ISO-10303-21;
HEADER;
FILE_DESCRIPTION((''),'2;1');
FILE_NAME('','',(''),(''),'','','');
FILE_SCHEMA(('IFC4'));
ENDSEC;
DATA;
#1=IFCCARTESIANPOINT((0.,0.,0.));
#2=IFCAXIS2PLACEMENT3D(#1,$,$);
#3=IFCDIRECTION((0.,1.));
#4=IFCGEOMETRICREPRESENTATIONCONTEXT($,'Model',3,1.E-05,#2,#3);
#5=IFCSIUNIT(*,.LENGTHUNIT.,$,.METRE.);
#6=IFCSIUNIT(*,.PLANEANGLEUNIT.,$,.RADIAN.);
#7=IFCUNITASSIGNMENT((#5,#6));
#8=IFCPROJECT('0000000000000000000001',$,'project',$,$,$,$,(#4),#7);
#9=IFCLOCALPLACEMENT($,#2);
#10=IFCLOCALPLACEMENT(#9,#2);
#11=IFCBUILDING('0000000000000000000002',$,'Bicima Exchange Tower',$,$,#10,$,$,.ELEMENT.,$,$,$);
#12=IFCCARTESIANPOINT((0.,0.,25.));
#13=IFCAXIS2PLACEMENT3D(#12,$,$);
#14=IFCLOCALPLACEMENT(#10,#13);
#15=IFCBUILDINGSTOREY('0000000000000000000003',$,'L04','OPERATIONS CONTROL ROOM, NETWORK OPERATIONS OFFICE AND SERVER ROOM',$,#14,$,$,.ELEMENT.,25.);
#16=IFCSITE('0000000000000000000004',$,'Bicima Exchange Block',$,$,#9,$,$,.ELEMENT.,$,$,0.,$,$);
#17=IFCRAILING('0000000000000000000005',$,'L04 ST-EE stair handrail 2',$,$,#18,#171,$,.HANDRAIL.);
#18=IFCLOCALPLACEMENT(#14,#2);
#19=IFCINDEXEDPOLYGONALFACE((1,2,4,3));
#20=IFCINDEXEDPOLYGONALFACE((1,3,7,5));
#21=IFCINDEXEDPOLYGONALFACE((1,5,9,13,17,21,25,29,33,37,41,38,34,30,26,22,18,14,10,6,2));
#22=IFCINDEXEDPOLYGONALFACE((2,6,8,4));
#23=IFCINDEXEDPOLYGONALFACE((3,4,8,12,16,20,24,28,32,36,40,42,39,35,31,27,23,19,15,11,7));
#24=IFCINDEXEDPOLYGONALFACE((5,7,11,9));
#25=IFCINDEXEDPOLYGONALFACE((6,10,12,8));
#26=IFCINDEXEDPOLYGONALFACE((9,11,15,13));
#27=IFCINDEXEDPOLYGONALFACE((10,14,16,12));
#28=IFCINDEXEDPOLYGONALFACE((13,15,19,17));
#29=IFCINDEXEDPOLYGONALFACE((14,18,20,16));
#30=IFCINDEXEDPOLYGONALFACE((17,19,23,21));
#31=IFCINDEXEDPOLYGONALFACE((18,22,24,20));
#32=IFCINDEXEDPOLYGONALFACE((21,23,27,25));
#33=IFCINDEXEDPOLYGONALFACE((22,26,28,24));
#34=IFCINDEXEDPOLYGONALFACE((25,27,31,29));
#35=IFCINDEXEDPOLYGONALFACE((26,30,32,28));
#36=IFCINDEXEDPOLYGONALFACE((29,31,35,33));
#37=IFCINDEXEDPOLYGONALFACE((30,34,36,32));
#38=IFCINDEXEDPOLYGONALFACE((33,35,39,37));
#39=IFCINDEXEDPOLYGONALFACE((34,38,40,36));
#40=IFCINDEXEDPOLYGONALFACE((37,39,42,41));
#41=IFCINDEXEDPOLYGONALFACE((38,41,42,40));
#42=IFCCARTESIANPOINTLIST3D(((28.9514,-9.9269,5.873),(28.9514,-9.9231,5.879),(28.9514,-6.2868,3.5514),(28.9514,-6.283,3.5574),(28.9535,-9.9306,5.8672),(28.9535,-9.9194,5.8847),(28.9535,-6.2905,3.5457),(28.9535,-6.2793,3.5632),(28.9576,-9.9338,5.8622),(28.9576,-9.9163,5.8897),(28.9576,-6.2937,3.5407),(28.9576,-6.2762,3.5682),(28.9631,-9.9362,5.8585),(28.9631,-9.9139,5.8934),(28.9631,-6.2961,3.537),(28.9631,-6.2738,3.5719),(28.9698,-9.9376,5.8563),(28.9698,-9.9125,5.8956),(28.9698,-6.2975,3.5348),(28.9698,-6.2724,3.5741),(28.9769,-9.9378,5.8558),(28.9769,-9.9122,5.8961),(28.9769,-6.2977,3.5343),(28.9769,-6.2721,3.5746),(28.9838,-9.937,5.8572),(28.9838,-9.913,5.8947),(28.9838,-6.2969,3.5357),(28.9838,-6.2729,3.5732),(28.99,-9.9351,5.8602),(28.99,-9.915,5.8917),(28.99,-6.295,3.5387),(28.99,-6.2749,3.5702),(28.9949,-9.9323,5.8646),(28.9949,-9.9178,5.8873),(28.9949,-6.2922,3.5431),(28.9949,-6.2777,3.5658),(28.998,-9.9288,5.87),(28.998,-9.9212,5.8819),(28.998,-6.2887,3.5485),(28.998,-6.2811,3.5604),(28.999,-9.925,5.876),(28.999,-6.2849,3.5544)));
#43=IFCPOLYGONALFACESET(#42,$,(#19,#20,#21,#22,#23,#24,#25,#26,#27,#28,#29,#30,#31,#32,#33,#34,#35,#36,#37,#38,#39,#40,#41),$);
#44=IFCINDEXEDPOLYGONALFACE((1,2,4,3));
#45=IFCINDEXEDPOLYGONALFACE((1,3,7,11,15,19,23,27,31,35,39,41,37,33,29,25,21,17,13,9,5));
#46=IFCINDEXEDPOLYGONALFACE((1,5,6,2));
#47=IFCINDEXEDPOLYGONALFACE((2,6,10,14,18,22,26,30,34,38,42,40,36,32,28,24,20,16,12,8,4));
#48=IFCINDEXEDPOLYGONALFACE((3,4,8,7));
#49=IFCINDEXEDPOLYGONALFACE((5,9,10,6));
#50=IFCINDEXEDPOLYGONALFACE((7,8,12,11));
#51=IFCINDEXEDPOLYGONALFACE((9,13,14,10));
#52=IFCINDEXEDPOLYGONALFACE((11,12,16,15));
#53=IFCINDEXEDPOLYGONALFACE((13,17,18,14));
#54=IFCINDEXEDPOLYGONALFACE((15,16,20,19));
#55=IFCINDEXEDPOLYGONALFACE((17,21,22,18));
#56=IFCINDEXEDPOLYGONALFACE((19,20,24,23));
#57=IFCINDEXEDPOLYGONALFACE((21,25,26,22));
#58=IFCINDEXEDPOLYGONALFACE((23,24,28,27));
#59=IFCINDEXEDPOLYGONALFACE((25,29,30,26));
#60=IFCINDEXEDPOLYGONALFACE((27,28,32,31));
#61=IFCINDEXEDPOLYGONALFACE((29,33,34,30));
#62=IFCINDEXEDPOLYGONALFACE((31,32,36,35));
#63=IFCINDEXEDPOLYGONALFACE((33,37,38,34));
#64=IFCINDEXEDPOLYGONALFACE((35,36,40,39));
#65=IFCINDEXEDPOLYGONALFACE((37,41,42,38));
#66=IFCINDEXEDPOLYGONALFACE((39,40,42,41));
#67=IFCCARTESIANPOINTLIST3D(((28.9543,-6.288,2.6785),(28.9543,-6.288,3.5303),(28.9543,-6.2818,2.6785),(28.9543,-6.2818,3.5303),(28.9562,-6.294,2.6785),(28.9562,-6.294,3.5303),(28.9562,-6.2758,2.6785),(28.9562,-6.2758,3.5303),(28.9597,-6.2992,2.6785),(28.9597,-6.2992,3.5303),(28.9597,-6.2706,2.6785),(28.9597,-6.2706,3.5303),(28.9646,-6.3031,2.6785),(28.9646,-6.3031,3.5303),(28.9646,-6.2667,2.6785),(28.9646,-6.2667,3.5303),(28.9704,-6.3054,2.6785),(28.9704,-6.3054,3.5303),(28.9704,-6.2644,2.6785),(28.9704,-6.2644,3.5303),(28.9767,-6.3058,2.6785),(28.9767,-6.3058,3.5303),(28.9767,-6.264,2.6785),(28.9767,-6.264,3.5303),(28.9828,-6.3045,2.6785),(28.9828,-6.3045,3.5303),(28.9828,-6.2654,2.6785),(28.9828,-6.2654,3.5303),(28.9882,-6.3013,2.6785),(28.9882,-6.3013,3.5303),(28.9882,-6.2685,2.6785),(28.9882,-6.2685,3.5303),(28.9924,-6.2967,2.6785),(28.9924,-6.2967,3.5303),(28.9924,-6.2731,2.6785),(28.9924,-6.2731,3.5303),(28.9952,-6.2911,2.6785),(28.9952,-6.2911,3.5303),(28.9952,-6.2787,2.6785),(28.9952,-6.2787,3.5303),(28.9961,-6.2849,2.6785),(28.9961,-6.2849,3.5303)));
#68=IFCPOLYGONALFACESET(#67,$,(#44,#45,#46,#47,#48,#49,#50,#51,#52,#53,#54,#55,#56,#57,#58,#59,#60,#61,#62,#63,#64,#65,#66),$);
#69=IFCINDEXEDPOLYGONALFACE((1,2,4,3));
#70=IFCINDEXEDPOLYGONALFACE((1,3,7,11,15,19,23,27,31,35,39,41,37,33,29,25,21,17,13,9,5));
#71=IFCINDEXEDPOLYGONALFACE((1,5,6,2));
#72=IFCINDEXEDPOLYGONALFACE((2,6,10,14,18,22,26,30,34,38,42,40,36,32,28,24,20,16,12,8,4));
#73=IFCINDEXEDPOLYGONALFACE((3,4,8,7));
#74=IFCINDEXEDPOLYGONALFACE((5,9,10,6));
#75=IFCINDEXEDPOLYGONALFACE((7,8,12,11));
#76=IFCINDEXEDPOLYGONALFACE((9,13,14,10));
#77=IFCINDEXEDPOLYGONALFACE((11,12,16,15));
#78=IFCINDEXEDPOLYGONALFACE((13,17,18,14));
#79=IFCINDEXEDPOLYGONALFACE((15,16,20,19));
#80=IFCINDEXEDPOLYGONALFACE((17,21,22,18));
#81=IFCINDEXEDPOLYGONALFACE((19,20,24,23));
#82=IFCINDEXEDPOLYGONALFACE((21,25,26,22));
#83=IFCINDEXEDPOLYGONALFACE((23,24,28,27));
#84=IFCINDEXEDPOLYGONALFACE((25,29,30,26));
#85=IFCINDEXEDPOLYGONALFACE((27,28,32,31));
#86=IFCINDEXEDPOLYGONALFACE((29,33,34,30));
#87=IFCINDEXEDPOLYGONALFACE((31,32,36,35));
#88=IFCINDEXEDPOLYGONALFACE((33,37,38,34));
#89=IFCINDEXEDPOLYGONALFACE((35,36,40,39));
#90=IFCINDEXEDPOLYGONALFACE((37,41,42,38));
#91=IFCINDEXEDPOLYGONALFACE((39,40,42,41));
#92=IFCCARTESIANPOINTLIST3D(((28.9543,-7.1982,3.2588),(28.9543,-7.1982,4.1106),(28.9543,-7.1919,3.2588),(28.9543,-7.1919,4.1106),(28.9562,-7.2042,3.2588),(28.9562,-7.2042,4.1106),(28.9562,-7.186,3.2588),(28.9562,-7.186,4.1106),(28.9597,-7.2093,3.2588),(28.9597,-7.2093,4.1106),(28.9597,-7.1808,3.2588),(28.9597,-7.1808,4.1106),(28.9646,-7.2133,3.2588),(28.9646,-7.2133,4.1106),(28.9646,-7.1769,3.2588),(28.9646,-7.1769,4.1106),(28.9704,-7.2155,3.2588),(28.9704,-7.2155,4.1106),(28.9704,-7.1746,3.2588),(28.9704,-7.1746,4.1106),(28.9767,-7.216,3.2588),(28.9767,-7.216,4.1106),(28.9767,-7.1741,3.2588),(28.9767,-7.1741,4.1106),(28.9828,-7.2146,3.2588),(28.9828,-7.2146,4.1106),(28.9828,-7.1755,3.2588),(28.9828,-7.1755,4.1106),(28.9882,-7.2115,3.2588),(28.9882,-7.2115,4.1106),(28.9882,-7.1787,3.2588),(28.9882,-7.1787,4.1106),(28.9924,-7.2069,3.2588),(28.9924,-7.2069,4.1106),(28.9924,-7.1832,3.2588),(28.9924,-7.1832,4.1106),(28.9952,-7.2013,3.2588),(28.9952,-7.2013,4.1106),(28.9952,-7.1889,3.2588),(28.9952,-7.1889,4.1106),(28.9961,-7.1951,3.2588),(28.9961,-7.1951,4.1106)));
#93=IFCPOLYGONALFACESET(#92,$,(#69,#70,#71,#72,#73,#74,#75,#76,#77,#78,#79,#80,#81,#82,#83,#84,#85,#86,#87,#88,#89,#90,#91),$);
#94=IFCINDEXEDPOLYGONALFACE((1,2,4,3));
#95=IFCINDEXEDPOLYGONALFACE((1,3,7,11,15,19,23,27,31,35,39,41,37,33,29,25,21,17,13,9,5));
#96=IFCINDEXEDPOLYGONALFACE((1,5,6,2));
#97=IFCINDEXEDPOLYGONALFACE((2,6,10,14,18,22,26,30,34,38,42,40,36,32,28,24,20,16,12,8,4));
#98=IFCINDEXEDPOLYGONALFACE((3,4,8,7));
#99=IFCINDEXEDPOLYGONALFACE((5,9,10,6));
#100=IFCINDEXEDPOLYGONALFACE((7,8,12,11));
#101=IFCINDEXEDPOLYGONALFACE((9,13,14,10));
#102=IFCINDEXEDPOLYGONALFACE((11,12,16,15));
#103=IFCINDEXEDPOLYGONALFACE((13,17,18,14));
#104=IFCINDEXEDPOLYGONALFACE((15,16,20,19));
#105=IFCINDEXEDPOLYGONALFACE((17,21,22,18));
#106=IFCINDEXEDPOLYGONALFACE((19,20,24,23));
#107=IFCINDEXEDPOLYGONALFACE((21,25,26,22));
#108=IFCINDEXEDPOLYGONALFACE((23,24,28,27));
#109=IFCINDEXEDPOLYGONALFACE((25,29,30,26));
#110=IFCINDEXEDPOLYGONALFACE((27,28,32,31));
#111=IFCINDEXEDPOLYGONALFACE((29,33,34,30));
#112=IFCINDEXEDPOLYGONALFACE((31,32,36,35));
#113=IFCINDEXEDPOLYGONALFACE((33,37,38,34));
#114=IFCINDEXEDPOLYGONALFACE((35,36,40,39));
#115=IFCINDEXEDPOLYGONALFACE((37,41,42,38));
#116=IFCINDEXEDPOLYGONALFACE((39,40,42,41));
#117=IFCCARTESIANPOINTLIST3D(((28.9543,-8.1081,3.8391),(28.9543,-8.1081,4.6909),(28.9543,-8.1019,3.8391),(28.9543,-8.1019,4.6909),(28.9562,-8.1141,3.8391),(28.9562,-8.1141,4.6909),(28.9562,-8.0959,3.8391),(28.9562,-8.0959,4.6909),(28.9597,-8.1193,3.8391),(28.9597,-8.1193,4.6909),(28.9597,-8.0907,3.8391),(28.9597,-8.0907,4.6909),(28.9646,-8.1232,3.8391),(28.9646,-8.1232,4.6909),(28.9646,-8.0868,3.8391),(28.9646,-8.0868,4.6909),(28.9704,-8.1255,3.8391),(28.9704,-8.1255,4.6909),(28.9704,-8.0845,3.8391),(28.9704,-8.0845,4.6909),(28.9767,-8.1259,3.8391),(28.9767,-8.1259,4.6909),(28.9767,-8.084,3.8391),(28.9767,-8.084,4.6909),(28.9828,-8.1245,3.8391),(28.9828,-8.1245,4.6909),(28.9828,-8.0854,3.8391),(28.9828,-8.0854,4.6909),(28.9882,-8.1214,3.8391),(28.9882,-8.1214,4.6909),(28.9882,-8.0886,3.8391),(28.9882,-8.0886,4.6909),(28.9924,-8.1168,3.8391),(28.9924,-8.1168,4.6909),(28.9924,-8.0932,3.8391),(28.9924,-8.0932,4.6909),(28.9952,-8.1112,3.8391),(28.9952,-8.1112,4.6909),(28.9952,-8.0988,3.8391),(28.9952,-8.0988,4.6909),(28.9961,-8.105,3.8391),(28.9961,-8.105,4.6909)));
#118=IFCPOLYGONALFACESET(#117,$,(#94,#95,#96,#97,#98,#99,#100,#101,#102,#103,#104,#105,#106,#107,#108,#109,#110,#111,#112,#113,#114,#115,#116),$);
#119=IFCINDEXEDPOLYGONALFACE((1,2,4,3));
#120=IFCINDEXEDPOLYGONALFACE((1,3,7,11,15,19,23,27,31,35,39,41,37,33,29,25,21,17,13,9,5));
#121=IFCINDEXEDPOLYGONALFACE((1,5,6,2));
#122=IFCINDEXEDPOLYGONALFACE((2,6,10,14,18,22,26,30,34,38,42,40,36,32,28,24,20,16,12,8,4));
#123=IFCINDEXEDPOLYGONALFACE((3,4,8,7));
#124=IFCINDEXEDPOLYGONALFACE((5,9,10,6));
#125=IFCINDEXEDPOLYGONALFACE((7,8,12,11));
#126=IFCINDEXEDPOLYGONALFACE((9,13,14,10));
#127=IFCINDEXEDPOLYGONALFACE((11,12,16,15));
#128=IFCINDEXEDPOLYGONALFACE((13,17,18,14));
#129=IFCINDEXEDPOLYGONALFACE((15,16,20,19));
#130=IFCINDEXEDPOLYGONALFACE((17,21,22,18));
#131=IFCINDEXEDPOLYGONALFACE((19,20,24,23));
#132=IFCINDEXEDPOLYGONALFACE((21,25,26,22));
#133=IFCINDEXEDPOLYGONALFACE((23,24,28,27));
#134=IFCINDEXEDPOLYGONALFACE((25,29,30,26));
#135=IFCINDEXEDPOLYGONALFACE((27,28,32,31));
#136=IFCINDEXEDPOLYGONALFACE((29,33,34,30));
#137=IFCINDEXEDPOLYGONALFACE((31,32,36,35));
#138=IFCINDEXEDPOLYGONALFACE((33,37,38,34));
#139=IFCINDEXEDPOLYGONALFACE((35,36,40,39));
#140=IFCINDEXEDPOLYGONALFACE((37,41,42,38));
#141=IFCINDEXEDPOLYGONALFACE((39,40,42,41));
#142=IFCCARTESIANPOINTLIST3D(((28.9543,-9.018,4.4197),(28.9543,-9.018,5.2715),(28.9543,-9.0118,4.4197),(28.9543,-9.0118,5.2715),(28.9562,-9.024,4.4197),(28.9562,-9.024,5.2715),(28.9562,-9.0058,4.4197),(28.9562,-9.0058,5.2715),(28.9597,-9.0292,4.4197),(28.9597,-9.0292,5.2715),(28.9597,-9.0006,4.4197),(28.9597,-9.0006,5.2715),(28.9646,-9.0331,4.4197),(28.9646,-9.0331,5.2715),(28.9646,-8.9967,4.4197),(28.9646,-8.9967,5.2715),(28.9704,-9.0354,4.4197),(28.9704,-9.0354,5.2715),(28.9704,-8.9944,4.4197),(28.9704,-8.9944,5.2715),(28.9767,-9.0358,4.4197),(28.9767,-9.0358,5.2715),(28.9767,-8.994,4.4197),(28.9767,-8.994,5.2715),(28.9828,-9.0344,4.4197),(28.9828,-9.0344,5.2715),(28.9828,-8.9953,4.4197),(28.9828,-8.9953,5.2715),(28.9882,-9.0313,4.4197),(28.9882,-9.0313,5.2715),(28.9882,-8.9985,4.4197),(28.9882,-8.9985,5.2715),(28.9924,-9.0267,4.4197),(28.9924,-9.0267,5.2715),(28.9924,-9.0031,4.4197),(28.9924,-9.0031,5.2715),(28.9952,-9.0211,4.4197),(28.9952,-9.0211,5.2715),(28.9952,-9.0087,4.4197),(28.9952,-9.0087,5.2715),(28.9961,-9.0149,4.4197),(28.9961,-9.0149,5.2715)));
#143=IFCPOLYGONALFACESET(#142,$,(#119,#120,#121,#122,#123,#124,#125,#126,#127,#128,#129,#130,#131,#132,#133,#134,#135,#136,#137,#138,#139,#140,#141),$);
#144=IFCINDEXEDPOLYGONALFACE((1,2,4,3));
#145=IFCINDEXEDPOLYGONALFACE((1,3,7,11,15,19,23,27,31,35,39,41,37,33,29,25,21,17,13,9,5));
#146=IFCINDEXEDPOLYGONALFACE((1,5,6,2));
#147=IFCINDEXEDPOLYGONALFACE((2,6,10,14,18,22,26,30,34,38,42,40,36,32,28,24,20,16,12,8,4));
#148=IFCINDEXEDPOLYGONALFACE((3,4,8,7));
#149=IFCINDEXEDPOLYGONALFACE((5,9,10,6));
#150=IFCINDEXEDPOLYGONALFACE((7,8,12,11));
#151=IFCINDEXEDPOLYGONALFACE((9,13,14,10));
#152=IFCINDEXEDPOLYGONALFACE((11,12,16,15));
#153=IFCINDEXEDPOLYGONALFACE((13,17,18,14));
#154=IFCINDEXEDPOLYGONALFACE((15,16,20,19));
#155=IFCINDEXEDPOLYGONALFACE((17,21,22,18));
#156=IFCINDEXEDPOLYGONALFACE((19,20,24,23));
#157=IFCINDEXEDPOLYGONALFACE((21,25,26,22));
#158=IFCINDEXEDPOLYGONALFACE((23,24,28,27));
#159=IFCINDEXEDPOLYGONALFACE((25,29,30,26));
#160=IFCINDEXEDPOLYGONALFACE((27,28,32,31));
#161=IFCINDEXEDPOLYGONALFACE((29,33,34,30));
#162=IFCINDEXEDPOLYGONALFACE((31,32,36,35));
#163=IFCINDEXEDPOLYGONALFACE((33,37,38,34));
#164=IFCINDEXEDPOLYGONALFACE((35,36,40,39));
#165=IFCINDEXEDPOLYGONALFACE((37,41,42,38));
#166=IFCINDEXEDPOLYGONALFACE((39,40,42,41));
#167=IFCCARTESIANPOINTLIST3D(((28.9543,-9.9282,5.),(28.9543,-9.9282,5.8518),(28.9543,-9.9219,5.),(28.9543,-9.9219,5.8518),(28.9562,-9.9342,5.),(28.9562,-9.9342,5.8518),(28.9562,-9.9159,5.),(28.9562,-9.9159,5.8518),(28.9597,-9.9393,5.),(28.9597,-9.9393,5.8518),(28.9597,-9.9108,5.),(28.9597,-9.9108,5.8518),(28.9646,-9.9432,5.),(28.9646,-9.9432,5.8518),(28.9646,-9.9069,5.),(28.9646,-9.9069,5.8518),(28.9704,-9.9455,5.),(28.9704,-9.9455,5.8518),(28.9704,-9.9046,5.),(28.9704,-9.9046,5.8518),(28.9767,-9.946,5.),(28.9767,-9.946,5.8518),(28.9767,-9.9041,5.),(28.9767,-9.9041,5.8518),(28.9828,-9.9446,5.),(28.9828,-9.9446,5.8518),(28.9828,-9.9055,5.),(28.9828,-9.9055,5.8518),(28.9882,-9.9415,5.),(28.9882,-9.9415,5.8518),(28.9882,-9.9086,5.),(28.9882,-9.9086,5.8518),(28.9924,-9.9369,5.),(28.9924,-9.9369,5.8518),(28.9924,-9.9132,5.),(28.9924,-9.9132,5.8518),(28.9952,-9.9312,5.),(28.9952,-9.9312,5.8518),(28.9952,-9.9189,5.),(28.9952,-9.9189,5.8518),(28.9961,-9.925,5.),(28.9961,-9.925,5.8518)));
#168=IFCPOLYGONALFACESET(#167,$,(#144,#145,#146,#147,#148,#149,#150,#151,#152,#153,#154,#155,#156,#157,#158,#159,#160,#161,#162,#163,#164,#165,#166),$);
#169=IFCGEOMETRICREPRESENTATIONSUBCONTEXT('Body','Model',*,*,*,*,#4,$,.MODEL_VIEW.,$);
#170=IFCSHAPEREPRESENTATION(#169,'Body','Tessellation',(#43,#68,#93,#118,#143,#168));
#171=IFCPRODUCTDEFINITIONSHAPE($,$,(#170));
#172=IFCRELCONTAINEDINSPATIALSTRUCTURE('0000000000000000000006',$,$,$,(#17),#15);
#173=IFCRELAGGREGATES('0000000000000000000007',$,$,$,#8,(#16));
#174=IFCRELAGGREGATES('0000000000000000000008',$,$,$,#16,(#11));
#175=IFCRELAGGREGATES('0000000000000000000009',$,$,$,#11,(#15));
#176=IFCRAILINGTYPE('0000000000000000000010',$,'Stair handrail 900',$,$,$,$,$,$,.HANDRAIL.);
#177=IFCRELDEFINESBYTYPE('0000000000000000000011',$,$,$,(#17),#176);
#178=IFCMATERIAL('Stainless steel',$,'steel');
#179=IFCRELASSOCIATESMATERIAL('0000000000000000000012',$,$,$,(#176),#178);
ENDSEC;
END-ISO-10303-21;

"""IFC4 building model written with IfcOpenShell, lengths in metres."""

from ifc_helpers import new_model, si_unit, direction, frame, origin, origin_2d, place, context, subcontext, project, spatial, circle, extrude, material, type_object, element, save


model = new_model("IFC4")

# Units and contexts
model_context = context("Model", 3, precision=1e-05, world=origin(), true_north=direction((0.0, 1.0)))
body_context = subcontext(model_context, "Body", "Model", "MODEL_VIEW")
ifc_project = project(units=[si_unit("LENGTHUNIT", "METRE"), si_unit("PLANEANGLEUNIT", "RADIAN")], contexts=[model_context])

# Site, building, storey
site_placement = place(None, origin())
site = spatial("IfcSite", under=ifc_project, at=site_placement, Name="Bicima Exchange Block", CompositionType="ELEMENT", RefElevation=0.0)
building_placement = place(site_placement, origin())
building = spatial("IfcBuilding", under=site, at=building_placement, Name="Bicima Exchange Tower", CompositionType="ELEMENT")
storey_placement = place(building_placement, frame((0.0, 0.0, 25.0)))
storey = spatial("IfcBuildingStorey", under=building, at=storey_placement, Name="L04", Description="OPERATIONS CONTROL ROOM, NETWORK OPERATIONS OFFICE AND SERVER ROOM", CompositionType="ELEMENT", Elevation=25.0)

# Railing
ifc_material_1 = material(Name="Stainless steel", Category="steel")
railing_type_1 = type_object("IfcRailingType", Name="Stair handrail 900", PredefinedType="HANDRAIL", material=ifc_material_1)
railing_1_placement = place(storey_placement, frame((28.9751, -6.2849, 2.6785)))
element("IfcRailing", 1, at=railing_1_placement, inside=storey, type_object=railing_type_1, Name="L04 ST-EE stair handrail 2", PredefinedType="HANDRAIL", context=body_context, shape_type="SweptSolid", body=[
    extrude(circle(Radius=0.0239, at=origin_2d()), frame((0.0, 0.0, 0.876), z_axis=(0.0, -0.843128, 0.537713), x_axis=(1.0, 0.0, 0.0)), (0.0, 0.0, 1.0), 4.3174),
    extrude(circle(Radius=0.021, at=origin_2d()), origin(), (0.0, 0.0, 1.0), 0.8518),
    extrude(circle(Radius=0.021, at=origin_2d()), frame((0.0, -0.9102, 0.5803)), (0.0, 0.0, 1.0), 0.8518),
    extrude(circle(Radius=0.021, at=origin_2d()), frame((0.0, -1.8201, 1.1606)), (0.0, 0.0, 1.0), 0.8518),
    extrude(circle(Radius=0.021, at=origin_2d()), frame((0.0, -2.73, 1.7412)), (0.0, 0.0, 1.0), 0.8518),
    extrude(circle(Radius=0.021, at=origin_2d()), frame((0.0, -3.6401, 2.3215)), (0.0, 0.0, 1.0), 0.8518),
])

save(model, "model.ifc")
